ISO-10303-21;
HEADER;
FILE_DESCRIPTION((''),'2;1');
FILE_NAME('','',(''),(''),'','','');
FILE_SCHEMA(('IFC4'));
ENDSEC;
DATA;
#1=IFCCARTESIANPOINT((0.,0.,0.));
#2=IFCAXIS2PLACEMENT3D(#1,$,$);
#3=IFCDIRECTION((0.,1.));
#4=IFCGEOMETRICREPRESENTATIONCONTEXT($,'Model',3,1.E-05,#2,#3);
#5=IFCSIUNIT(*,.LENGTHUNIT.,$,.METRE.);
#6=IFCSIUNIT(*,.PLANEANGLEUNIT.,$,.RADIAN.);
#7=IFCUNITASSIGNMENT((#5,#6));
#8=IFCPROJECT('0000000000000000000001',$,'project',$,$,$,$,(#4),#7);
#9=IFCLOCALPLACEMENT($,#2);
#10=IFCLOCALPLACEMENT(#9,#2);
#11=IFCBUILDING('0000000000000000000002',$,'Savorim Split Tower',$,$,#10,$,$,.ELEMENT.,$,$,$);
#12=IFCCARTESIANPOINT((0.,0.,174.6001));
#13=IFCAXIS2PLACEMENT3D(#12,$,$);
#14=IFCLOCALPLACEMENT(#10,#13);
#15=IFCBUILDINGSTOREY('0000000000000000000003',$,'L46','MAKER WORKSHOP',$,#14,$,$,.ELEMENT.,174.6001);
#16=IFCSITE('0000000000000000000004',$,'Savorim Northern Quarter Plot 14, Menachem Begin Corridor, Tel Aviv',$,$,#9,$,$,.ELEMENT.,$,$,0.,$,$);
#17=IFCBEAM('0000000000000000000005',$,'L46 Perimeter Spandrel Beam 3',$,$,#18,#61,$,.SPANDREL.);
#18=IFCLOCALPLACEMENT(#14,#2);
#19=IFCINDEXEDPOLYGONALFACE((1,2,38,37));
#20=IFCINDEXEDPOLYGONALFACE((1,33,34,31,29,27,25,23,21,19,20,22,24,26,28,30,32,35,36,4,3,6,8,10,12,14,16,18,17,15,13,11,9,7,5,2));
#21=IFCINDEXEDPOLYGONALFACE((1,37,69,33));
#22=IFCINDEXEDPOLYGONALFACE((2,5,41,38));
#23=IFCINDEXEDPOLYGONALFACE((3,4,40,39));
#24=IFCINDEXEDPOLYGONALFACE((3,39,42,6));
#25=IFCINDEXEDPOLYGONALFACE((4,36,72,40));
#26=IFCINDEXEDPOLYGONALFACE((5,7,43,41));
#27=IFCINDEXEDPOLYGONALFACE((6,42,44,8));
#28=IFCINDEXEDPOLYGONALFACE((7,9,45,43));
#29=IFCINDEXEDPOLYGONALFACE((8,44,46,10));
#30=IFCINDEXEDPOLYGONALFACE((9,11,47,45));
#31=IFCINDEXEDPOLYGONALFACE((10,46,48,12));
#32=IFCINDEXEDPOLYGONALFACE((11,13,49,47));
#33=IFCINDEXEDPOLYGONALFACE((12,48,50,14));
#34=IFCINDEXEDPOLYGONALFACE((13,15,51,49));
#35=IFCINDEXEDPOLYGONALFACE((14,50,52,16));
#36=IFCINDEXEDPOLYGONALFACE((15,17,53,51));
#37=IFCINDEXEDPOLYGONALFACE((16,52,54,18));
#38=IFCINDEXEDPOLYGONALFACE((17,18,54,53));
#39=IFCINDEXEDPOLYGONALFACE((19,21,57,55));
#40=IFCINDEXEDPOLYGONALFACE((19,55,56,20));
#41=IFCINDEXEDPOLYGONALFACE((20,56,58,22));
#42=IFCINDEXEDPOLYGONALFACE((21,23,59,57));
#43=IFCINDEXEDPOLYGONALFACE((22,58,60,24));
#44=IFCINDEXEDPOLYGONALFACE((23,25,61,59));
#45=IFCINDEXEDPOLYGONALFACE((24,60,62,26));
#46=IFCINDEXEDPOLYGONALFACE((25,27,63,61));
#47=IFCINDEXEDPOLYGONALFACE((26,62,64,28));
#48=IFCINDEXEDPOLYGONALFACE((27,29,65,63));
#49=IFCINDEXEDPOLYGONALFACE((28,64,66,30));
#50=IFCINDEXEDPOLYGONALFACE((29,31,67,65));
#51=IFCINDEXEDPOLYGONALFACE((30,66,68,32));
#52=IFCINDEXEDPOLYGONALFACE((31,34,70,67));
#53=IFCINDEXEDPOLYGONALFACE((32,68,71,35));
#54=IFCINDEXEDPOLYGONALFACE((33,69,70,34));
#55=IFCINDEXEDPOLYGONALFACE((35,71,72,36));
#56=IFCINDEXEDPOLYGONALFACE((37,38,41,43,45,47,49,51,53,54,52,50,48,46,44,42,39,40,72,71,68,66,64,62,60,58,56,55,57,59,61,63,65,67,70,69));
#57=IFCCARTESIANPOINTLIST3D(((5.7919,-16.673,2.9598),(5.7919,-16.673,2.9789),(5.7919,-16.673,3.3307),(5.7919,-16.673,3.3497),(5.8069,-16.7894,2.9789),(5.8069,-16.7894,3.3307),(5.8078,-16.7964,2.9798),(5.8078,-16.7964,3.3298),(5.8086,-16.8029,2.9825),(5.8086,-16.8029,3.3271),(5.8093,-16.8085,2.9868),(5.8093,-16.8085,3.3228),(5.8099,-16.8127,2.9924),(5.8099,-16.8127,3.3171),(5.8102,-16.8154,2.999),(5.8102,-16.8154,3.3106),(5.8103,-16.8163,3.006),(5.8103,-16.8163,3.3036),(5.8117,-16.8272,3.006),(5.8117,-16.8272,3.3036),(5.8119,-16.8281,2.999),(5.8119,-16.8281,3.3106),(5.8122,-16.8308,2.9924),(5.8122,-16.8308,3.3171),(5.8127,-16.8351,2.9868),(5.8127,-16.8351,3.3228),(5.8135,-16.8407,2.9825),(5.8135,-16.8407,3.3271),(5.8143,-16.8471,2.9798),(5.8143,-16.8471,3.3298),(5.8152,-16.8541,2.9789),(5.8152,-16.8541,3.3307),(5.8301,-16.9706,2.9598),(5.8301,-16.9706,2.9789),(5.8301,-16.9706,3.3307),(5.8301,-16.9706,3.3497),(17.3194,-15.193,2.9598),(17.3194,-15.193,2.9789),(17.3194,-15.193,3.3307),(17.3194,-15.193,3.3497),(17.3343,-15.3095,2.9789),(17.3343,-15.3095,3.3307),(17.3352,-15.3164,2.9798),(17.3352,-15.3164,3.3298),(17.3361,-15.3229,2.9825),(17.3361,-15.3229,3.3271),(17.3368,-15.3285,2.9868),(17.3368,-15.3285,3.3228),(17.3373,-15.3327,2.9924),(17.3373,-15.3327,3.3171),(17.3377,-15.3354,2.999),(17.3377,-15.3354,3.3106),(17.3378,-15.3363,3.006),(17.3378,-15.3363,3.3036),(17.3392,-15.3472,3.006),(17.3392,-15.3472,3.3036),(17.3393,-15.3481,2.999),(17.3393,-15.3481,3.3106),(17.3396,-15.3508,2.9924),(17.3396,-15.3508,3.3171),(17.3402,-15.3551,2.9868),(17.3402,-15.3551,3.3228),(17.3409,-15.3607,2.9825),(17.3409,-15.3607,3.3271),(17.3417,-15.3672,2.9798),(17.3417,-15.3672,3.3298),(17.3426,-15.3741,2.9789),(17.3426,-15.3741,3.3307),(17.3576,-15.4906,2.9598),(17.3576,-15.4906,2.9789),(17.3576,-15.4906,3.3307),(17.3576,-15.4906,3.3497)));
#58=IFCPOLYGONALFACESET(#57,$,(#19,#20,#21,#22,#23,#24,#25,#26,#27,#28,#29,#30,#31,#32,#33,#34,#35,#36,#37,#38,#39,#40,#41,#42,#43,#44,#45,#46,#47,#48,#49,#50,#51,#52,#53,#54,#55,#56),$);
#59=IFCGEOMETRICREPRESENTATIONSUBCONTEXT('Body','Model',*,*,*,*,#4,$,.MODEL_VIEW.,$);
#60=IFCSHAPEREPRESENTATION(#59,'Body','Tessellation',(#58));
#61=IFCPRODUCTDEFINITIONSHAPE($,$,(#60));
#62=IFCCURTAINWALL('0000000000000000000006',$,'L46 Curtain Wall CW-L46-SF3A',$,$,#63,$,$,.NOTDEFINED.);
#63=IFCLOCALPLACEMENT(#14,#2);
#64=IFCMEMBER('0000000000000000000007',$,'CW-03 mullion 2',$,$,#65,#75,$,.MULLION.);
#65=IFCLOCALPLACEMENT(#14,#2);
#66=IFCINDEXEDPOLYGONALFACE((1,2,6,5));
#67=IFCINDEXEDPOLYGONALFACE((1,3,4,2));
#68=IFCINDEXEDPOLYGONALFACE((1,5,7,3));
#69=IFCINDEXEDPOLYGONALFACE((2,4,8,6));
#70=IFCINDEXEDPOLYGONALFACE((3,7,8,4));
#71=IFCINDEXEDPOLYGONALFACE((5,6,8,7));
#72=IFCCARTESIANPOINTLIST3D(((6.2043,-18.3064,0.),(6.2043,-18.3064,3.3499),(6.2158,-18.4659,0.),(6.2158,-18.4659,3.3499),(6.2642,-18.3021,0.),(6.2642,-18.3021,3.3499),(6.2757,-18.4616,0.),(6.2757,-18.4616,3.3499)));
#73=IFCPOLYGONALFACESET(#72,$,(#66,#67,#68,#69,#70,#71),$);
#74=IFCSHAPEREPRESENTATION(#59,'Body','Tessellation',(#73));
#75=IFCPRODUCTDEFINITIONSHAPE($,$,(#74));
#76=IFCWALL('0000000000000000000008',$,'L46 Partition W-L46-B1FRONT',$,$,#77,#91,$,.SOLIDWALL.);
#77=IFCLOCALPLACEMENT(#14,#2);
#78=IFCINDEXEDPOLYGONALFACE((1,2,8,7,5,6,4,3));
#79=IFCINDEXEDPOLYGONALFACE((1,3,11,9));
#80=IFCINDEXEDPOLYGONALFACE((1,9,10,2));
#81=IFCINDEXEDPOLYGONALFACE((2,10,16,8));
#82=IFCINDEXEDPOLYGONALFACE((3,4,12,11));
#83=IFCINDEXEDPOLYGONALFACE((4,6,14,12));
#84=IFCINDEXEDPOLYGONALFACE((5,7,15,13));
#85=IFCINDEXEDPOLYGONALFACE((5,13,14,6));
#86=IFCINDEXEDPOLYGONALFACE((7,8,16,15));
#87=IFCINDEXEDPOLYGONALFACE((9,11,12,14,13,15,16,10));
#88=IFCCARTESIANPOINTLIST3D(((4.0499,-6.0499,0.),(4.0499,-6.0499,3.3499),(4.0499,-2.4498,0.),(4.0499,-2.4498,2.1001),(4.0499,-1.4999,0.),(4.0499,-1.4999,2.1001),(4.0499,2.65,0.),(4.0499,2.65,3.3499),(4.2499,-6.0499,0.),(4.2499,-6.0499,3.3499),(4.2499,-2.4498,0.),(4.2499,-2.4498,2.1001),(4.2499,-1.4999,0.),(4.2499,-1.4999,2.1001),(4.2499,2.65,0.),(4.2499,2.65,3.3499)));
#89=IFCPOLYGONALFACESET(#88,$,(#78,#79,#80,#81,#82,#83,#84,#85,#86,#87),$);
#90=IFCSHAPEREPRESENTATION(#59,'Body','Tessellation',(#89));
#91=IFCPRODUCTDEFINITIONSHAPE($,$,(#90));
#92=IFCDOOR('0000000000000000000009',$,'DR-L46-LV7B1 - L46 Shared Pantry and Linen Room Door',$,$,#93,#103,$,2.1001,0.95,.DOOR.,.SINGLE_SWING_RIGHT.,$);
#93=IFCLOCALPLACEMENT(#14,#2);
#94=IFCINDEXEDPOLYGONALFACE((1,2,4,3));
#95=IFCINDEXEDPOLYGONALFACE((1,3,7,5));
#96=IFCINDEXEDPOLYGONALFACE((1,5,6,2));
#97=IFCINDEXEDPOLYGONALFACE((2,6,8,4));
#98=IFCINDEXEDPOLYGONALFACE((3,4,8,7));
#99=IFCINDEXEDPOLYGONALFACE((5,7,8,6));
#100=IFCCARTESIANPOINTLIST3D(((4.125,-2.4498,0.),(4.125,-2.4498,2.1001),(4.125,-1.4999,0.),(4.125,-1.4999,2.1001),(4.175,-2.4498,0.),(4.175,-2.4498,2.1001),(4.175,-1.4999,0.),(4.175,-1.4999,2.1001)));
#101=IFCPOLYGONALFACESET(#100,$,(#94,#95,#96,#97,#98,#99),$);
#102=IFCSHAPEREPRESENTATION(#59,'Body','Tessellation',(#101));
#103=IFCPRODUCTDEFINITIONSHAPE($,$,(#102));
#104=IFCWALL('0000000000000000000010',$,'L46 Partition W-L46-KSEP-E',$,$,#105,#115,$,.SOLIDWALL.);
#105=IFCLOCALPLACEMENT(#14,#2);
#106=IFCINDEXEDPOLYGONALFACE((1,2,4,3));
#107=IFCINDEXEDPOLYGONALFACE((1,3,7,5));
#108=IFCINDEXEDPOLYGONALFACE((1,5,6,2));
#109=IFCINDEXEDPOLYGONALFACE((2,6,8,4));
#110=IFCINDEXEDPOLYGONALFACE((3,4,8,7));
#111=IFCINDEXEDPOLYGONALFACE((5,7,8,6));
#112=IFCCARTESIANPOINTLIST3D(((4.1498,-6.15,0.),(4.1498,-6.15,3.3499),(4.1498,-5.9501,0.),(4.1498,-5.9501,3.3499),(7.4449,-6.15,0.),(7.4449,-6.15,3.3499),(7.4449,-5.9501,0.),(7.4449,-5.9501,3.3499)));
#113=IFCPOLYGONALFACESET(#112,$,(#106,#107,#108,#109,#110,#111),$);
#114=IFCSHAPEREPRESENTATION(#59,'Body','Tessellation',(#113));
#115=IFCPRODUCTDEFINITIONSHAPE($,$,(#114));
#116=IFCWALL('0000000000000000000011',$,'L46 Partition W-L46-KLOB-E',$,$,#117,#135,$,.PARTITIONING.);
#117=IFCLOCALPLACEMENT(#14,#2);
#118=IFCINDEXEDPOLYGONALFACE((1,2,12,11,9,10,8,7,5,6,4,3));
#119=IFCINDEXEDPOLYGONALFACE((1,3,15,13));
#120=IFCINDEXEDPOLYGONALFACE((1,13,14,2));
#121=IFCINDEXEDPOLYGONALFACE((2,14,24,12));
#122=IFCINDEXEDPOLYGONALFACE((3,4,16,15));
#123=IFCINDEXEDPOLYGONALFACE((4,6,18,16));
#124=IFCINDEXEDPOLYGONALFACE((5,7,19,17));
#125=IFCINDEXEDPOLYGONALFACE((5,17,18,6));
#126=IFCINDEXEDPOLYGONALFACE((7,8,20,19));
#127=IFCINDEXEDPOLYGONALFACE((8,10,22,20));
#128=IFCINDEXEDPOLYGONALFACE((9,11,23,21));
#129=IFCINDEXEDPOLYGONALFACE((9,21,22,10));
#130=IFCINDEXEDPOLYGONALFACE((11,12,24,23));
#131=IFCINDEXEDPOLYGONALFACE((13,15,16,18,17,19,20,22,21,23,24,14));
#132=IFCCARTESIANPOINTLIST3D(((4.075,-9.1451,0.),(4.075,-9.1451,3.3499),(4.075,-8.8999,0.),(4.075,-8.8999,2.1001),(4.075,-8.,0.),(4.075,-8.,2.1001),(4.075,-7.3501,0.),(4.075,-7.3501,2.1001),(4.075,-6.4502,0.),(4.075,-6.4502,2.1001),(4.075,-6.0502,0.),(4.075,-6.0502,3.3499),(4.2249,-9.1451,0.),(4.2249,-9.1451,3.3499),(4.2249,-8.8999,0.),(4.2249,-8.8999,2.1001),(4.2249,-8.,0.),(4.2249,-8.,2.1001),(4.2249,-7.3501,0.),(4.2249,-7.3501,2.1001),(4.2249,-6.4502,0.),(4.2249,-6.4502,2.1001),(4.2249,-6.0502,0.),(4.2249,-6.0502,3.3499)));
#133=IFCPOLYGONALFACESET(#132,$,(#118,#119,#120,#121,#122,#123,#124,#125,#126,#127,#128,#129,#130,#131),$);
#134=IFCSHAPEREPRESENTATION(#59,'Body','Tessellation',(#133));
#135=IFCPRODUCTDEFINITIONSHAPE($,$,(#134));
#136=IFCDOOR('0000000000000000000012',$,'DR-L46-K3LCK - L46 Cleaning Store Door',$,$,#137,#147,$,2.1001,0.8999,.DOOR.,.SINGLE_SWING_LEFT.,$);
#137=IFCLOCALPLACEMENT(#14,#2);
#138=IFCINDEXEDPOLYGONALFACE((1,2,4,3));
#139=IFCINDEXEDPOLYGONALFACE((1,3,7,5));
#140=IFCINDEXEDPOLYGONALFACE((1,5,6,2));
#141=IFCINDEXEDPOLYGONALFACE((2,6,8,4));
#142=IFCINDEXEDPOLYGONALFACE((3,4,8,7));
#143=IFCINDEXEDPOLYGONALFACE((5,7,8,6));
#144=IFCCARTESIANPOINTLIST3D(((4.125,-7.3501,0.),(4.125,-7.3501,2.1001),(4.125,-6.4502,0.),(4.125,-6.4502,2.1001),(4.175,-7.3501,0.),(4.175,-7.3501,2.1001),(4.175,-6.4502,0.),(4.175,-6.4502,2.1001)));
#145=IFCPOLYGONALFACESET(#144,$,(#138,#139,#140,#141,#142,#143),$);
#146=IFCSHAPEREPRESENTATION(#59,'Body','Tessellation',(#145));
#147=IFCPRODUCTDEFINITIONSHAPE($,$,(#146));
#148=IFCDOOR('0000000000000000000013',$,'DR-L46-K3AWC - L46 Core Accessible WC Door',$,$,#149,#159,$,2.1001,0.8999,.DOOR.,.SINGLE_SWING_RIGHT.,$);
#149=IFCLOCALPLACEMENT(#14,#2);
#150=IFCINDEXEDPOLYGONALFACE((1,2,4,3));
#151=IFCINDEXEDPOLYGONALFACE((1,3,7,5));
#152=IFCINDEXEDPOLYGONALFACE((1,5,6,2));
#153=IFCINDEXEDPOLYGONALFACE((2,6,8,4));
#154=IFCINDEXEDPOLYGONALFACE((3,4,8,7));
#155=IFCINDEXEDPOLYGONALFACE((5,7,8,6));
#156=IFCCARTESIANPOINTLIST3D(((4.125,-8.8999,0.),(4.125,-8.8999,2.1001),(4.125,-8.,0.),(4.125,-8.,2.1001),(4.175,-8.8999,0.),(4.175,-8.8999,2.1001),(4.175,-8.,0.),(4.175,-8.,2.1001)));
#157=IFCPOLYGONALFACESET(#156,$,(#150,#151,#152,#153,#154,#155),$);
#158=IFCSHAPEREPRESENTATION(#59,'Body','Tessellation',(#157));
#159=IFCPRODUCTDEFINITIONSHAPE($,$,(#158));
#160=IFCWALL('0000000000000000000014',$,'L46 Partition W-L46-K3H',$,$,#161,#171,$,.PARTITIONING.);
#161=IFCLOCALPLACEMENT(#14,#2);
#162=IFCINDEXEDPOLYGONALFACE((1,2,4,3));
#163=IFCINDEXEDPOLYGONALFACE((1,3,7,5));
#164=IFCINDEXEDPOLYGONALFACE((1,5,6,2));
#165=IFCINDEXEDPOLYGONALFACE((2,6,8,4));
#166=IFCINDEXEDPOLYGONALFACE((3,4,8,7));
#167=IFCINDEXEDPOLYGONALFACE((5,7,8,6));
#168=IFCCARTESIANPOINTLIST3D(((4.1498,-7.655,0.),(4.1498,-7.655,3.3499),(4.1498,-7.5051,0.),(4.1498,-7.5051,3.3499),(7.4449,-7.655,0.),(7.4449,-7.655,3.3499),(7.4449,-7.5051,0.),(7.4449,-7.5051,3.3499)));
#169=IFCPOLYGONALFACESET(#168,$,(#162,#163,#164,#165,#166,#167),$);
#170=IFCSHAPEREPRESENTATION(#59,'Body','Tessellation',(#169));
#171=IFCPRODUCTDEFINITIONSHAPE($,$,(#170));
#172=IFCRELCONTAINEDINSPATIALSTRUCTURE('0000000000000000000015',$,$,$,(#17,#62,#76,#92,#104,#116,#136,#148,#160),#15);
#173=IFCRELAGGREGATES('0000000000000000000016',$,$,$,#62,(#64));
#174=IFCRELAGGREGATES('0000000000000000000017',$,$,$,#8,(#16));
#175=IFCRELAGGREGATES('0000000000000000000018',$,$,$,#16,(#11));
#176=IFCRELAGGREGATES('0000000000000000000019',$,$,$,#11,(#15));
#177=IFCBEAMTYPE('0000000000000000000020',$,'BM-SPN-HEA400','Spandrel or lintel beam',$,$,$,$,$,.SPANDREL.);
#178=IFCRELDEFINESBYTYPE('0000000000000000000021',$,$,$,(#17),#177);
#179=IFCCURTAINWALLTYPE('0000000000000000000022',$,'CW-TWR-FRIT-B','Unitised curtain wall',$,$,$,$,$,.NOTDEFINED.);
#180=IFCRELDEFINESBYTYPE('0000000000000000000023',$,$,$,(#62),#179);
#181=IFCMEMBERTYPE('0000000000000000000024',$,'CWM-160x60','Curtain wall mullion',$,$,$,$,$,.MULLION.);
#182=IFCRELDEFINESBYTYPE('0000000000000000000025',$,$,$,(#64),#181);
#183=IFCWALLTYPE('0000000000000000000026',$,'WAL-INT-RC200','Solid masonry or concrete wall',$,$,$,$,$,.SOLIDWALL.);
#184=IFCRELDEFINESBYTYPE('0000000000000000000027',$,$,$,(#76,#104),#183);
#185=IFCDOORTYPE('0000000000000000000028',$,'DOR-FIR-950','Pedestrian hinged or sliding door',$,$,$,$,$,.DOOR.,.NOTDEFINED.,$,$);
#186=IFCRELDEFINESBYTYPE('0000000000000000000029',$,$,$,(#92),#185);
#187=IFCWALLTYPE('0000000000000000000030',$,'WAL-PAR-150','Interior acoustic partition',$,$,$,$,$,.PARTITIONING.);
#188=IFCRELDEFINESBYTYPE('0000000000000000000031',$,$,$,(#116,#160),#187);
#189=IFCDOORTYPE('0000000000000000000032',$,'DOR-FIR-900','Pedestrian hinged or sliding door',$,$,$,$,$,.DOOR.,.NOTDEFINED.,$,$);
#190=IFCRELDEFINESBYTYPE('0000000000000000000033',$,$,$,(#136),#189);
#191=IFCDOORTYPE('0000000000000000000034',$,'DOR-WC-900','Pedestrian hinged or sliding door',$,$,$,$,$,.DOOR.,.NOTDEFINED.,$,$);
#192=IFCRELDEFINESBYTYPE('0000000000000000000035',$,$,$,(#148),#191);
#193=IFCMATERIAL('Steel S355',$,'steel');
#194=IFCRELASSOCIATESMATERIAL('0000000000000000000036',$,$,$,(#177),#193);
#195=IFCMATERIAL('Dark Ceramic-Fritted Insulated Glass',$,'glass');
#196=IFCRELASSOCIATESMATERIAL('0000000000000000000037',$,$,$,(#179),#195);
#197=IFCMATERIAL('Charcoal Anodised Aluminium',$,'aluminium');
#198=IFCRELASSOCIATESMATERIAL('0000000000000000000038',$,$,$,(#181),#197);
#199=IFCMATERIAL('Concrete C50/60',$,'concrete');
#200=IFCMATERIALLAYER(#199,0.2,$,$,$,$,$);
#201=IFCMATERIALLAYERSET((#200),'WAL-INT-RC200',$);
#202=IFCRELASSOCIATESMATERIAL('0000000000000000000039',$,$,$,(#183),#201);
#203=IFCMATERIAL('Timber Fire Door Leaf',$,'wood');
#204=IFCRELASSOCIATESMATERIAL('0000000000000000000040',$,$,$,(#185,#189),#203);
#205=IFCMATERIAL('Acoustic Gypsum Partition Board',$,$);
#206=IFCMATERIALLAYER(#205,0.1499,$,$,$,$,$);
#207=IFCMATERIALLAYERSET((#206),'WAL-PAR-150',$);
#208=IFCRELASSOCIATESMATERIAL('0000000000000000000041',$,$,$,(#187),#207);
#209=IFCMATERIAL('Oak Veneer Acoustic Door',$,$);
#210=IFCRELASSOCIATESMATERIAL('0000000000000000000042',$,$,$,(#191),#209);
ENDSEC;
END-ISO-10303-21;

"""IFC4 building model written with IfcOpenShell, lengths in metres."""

from ifc_helpers import new_model, si_unit, direction, frame, frame_2d, origin, origin_2d, place, context, subcontext, project, spatial, rectangle, i_section, extrude, material, layer, layer_set, material_profile, profile_set, type_object, element, fill, aggregate, save


model = new_model("IFC4")

# Units and contexts
model_context = context("Model", 3, precision=1e-05, world=origin(), true_north=direction((0.0, 1.0)))
body_context = subcontext(model_context, "Body", "Model", "MODEL_VIEW")
ifc_project = project(units=[si_unit("LENGTHUNIT", "METRE"), si_unit("PLANEANGLEUNIT", "RADIAN")], contexts=[model_context])

# Site, building, storey
site_placement = place(None, origin())
site = spatial("IfcSite", under=ifc_project, at=site_placement, Name="Savorim Northern Quarter Plot 14, Menachem Begin Corridor, Tel Aviv", CompositionType="ELEMENT", RefElevation=0.0)
building_placement = place(site_placement, origin())
building = spatial("IfcBuilding", under=site, at=building_placement, Name="Savorim Split Tower", CompositionType="ELEMENT")
storey_placement = place(building_placement, frame((0.0, 0.0, 174.6001)))
storey = spatial("IfcBuildingStorey", under=building, at=storey_placement, Name="L46", Description="MAKER WORKSHOP", CompositionType="ELEMENT", Elevation=174.6001)

# Beam
ifc_material_1 = material(Name="Steel S355", Category="steel")
ifc_material_profile_1 = material_profile(ifc_material_1, i_section(OverallWidth=0.3, OverallDepth=0.3899, WebThickness=0.011, FlangeThickness=0.019, FilletRadius=0.0271, at=origin_2d()), Name="HEA 400")
ifc_profile_set_1 = profile_set([ifc_material_profile_1], Name="Steel S355")
beam_type_1 = type_object("IfcBeamType", Name="BM-SPN-HEA400", Description="Spandrel or lintel beam", PredefinedType="SPANDREL", material=ifc_profile_set_1)
beam_1_placement = place(storey_placement, frame((5.811, -16.8218, 3.1548), z_axis=(0.991859, 0.127343, 0.0), x_axis=(-0.127343, 0.991859, 0.0)))
element("IfcBeam", 1, at=beam_1_placement, inside=storey, type_object=beam_type_1, Name="L46 Perimeter Spandrel Beam 3", PredefinedType="SPANDREL", context=body_context, shape_type="SweptSolid", body=[
    extrude(i_section(OverallWidth=0.3, OverallDepth=0.3899, WebThickness=0.011, FlangeThickness=0.019, FilletRadius=0.0271, at=origin_2d()), origin(), (0.0, 0.0, 1.0), 11.6221),
])

# Curtain wall, member
ifc_material_2 = material(Name="Dark Ceramic-Fritted Insulated Glass", Category="glass")
curtain_wall_type = type_object("IfcCurtainWallType", Name="CW-TWR-FRIT-B", Description="Unitised curtain wall", PredefinedType="NOTDEFINED", material=ifc_material_2)
curtain_wall_placement = place(storey_placement, origin())
curtain_wall = element("IfcCurtainWall", 2, at=curtain_wall_placement, inside=storey, type_object=curtain_wall_type, Name="L46 Curtain Wall CW-L46-SF3A", PredefinedType="NOTDEFINED")
ifc_material_3 = material(Name="Charcoal Anodised Aluminium", Category="aluminium")
ifc_material_profile_2 = material_profile(ifc_material_3, rectangle(XDim=0.1599, YDim=0.0601, at=origin_2d()), Name="ALU-M 160x60")
ifc_profile_set_2 = profile_set([ifc_material_profile_2], Name="Charcoal Anodised Aluminium")
member_type = type_object("IfcMemberType", Name="CWM-160x60", Description="Curtain wall mullion", PredefinedType="MULLION", material=ifc_profile_set_2)
member_placement = place(storey_placement, frame((6.24, -18.384, 0.0), z_axis=(0.0, 0.0, 1.0), x_axis=(-0.071561, 0.997436, 0.0)))
member = element("IfcMember", 3, at=member_placement, type_object=member_type, Name="CW-03 mullion 2", PredefinedType="MULLION", context=body_context, shape_type="SweptSolid", body=[
    extrude(rectangle(XDim=0.1599, YDim=0.0601, at=origin_2d()), origin(), (0.0, 0.0, 1.0), 3.3499),
])
aggregate(curtain_wall, [member])

# Wall, opening, door
ifc_material_4 = material(Name="Concrete C50/60", Category="concrete")
ifc_layer_1 = layer(ifc_material_4, 0.2)
ifc_layer_set_1 = layer_set([ifc_layer_1], Name="WAL-INT-RC200")
wall_type_1 = type_object("IfcWallType", Name="WAL-INT-RC200", Description="Solid masonry or concrete wall", PredefinedType="SOLIDWALL", material=ifc_layer_set_1)
wall_1_placement = place(storey_placement, frame((4.1499, -6.05, 0.0), z_axis=(0.0, 0.0, 1.0), x_axis=(0.0, 1.0, 0.0)))
wall_1 = element("IfcWall", 4, at=wall_1_placement, inside=storey, type_object=wall_type_1, Name="L46 Partition W-L46-B1FRONT", PredefinedType="SOLIDWALL", context=body_context, shape_type="SweptSolid", body=[
    extrude(rectangle(XDim=8.7, YDim=0.2, at=frame_2d((4.3501, 0.0))), origin(), (0.0, 0.0, 1.0), 3.3499),
])
opening_1_placement = place(wall_1_placement, frame((3.6001, 0.0, 0.0)))
opening_1 = element("IfcOpeningElement", 5, at=opening_1_placement, cuts=wall_1, PredefinedType="OPENING", context=body_context, shape_type="SweptSolid", body=[
    extrude(rectangle(XDim=0.95, YDim=2.1001, at=frame_2d((0.4751, 1.05))), frame((0.0, 0.1099, 0.0), z_axis=(0.0, -1.0, 0.0), x_axis=(1.0, 0.0, 0.0)), (0.0, 0.0, 1.0), 0.22),
])
ifc_material_5 = material(Name="Timber Fire Door Leaf", Category="wood")
door_type_1 = type_object("IfcDoorType", Name="DOR-FIR-950", Description="Pedestrian hinged or sliding door", OperationType="NOTDEFINED", PredefinedType="DOOR", material=ifc_material_5)
door_1_placement = place(opening_1_placement, origin())
door_1 = element("IfcDoor", 6, at=door_1_placement, inside=storey, type_object=door_type_1, Name="DR-L46-LV7B1 - L46 Shared Pantry and Linen Room Door", OperationType="SINGLE_SWING_RIGHT", OverallHeight=2.1001, OverallWidth=0.95, PredefinedType="DOOR", context=body_context, shape_type="SweptSolid", body=[
    extrude(rectangle(XDim=0.95, YDim=2.1001, at=frame_2d((0.4751, 1.05))), frame((0.0, 0.0249, 0.0), z_axis=(0.0, -1.0, 0.0), x_axis=(1.0, 0.0, 0.0)), (0.0, 0.0, 1.0), 0.05),
])
fill(opening_1, door_1)

# Wall
wall_2_placement = place(storey_placement, frame((4.1499, -6.05, 0.0), z_axis=(0.0, 0.0, 1.0), x_axis=(1.0, 0.0, 0.0)))
element("IfcWall", 7, at=wall_2_placement, inside=storey, type_object=wall_type_1, Name="L46 Partition W-L46-KSEP-E", PredefinedType="SOLIDWALL", context=body_context, shape_type="SweptSolid", body=[
    extrude(rectangle(XDim=3.2952, YDim=0.2, at=frame_2d((1.6475, 0.0))), origin(), (0.0, 0.0, 1.0), 3.3499),
])

# Wall, openings, doors
ifc_material_6 = material(Name="Acoustic Gypsum Partition Board")
ifc_layer_2 = layer(ifc_material_6, 0.1499)
ifc_layer_set_2 = layer_set([ifc_layer_2], Name="WAL-PAR-150")
wall_type_2 = type_object("IfcWallType", Name="WAL-PAR-150", Description="Interior acoustic partition", PredefinedType="PARTITIONING", material=ifc_layer_set_2)
wall_3_placement = place(storey_placement, frame((4.1499, -9.145, 0.0), z_axis=(0.0, 0.0, 1.0), x_axis=(0.0, 1.0, 0.0)))
wall_3 = element("IfcWall", 8, at=wall_3_placement, inside=storey, type_object=wall_type_2, Name="L46 Partition W-L46-KLOB-E", PredefinedType="PARTITIONING", context=body_context, shape_type="SweptSolid", body=[
    extrude(rectangle(XDim=3.095, YDim=0.1499, at=frame_2d((1.5474, 0.0))), origin(), (0.0, 0.0, 1.0), 3.3499),
])
opening_2_placement = place(wall_3_placement, frame((0.2451, 0.0, 0.0)))
opening_2 = element("IfcOpeningElement", 9, at=opening_2_placement, cuts=wall_3, PredefinedType="OPENING", context=body_context, shape_type="SweptSolid", body=[
    extrude(rectangle(XDim=0.8999, YDim=2.1001, at=frame_2d((0.45, 1.05))), frame((0.0, 0.085, 0.0), z_axis=(0.0, -1.0, 0.0), x_axis=(1.0, 0.0, 0.0)), (0.0, 0.0, 1.0), 0.1699),
])
opening_3_placement = place(wall_3_placement, frame((1.7949, 0.0, 0.0)))
opening_3 = element("IfcOpeningElement", 10, at=opening_3_placement, cuts=wall_3, PredefinedType="OPENING", context=body_context, shape_type="SweptSolid", body=[
    extrude(rectangle(XDim=0.8999, YDim=2.1001, at=frame_2d((0.45, 1.05))), frame((0.0, 0.085, 0.0), z_axis=(0.0, -1.0, 0.0), x_axis=(1.0, 0.0, 0.0)), (0.0, 0.0, 1.0), 0.1699),
])
door_type_2 = type_object("IfcDoorType", Name="DOR-FIR-900", Description="Pedestrian hinged or sliding door", OperationType="NOTDEFINED", PredefinedType="DOOR", material=ifc_material_5)
door_2_placement = place(opening_3_placement, origin())
door_2 = element("IfcDoor", 11, at=door_2_placement, inside=storey, type_object=door_type_2, Name="DR-L46-K3LCK - L46 Cleaning Store Door", OperationType="SINGLE_SWING_LEFT", OverallHeight=2.1001, OverallWidth=0.8999, PredefinedType="DOOR", context=body_context, shape_type="SweptSolid", body=[
    extrude(rectangle(XDim=0.8999, YDim=2.1001, at=frame_2d((0.45, 1.05))), frame((0.0, 0.0249, 0.0), z_axis=(0.0, -1.0, 0.0), x_axis=(1.0, 0.0, 0.0)), (0.0, 0.0, 1.0), 0.05),
])
fill(opening_3, door_2)
ifc_material_7 = material(Name="Oak Veneer Acoustic Door")
door_type_3 = type_object("IfcDoorType", Name="DOR-WC-900", Description="Pedestrian hinged or sliding door", OperationType="NOTDEFINED", PredefinedType="DOOR", material=ifc_material_7)
door_3_placement = place(opening_2_placement, origin())
door_3 = element("IfcDoor", 12, at=door_3_placement, inside=storey, type_object=door_type_3, Name="DR-L46-K3AWC - L46 Core Accessible WC Door", OperationType="SINGLE_SWING_RIGHT", OverallHeight=2.1001, OverallWidth=0.8999, PredefinedType="DOOR", context=body_context, shape_type="SweptSolid", body=[
    extrude(rectangle(XDim=0.8999, YDim=2.1001, at=frame_2d((0.45, 1.05))), frame((0.0, 0.0249, 0.0), z_axis=(0.0, -1.0, 0.0), x_axis=(1.0, 0.0, 0.0)), (0.0, 0.0, 1.0), 0.05),
])
fill(opening_2, door_3)

# Wall
wall_4_placement = place(storey_placement, frame((4.1499, -7.5801, 0.0), z_axis=(0.0, 0.0, 1.0), x_axis=(1.0, 0.0, 0.0)))
element("IfcWall", 13, at=wall_4_placement, inside=storey, type_object=wall_type_2, Name="L46 Partition W-L46-K3H", PredefinedType="PARTITIONING", context=body_context, shape_type="SweptSolid", body=[
    extrude(rectangle(XDim=3.2952, YDim=0.1499, at=frame_2d((1.6475, 0.0))), origin(), (0.0, 0.0, 1.0), 3.3499),
])

save(model, "model.ifc")
